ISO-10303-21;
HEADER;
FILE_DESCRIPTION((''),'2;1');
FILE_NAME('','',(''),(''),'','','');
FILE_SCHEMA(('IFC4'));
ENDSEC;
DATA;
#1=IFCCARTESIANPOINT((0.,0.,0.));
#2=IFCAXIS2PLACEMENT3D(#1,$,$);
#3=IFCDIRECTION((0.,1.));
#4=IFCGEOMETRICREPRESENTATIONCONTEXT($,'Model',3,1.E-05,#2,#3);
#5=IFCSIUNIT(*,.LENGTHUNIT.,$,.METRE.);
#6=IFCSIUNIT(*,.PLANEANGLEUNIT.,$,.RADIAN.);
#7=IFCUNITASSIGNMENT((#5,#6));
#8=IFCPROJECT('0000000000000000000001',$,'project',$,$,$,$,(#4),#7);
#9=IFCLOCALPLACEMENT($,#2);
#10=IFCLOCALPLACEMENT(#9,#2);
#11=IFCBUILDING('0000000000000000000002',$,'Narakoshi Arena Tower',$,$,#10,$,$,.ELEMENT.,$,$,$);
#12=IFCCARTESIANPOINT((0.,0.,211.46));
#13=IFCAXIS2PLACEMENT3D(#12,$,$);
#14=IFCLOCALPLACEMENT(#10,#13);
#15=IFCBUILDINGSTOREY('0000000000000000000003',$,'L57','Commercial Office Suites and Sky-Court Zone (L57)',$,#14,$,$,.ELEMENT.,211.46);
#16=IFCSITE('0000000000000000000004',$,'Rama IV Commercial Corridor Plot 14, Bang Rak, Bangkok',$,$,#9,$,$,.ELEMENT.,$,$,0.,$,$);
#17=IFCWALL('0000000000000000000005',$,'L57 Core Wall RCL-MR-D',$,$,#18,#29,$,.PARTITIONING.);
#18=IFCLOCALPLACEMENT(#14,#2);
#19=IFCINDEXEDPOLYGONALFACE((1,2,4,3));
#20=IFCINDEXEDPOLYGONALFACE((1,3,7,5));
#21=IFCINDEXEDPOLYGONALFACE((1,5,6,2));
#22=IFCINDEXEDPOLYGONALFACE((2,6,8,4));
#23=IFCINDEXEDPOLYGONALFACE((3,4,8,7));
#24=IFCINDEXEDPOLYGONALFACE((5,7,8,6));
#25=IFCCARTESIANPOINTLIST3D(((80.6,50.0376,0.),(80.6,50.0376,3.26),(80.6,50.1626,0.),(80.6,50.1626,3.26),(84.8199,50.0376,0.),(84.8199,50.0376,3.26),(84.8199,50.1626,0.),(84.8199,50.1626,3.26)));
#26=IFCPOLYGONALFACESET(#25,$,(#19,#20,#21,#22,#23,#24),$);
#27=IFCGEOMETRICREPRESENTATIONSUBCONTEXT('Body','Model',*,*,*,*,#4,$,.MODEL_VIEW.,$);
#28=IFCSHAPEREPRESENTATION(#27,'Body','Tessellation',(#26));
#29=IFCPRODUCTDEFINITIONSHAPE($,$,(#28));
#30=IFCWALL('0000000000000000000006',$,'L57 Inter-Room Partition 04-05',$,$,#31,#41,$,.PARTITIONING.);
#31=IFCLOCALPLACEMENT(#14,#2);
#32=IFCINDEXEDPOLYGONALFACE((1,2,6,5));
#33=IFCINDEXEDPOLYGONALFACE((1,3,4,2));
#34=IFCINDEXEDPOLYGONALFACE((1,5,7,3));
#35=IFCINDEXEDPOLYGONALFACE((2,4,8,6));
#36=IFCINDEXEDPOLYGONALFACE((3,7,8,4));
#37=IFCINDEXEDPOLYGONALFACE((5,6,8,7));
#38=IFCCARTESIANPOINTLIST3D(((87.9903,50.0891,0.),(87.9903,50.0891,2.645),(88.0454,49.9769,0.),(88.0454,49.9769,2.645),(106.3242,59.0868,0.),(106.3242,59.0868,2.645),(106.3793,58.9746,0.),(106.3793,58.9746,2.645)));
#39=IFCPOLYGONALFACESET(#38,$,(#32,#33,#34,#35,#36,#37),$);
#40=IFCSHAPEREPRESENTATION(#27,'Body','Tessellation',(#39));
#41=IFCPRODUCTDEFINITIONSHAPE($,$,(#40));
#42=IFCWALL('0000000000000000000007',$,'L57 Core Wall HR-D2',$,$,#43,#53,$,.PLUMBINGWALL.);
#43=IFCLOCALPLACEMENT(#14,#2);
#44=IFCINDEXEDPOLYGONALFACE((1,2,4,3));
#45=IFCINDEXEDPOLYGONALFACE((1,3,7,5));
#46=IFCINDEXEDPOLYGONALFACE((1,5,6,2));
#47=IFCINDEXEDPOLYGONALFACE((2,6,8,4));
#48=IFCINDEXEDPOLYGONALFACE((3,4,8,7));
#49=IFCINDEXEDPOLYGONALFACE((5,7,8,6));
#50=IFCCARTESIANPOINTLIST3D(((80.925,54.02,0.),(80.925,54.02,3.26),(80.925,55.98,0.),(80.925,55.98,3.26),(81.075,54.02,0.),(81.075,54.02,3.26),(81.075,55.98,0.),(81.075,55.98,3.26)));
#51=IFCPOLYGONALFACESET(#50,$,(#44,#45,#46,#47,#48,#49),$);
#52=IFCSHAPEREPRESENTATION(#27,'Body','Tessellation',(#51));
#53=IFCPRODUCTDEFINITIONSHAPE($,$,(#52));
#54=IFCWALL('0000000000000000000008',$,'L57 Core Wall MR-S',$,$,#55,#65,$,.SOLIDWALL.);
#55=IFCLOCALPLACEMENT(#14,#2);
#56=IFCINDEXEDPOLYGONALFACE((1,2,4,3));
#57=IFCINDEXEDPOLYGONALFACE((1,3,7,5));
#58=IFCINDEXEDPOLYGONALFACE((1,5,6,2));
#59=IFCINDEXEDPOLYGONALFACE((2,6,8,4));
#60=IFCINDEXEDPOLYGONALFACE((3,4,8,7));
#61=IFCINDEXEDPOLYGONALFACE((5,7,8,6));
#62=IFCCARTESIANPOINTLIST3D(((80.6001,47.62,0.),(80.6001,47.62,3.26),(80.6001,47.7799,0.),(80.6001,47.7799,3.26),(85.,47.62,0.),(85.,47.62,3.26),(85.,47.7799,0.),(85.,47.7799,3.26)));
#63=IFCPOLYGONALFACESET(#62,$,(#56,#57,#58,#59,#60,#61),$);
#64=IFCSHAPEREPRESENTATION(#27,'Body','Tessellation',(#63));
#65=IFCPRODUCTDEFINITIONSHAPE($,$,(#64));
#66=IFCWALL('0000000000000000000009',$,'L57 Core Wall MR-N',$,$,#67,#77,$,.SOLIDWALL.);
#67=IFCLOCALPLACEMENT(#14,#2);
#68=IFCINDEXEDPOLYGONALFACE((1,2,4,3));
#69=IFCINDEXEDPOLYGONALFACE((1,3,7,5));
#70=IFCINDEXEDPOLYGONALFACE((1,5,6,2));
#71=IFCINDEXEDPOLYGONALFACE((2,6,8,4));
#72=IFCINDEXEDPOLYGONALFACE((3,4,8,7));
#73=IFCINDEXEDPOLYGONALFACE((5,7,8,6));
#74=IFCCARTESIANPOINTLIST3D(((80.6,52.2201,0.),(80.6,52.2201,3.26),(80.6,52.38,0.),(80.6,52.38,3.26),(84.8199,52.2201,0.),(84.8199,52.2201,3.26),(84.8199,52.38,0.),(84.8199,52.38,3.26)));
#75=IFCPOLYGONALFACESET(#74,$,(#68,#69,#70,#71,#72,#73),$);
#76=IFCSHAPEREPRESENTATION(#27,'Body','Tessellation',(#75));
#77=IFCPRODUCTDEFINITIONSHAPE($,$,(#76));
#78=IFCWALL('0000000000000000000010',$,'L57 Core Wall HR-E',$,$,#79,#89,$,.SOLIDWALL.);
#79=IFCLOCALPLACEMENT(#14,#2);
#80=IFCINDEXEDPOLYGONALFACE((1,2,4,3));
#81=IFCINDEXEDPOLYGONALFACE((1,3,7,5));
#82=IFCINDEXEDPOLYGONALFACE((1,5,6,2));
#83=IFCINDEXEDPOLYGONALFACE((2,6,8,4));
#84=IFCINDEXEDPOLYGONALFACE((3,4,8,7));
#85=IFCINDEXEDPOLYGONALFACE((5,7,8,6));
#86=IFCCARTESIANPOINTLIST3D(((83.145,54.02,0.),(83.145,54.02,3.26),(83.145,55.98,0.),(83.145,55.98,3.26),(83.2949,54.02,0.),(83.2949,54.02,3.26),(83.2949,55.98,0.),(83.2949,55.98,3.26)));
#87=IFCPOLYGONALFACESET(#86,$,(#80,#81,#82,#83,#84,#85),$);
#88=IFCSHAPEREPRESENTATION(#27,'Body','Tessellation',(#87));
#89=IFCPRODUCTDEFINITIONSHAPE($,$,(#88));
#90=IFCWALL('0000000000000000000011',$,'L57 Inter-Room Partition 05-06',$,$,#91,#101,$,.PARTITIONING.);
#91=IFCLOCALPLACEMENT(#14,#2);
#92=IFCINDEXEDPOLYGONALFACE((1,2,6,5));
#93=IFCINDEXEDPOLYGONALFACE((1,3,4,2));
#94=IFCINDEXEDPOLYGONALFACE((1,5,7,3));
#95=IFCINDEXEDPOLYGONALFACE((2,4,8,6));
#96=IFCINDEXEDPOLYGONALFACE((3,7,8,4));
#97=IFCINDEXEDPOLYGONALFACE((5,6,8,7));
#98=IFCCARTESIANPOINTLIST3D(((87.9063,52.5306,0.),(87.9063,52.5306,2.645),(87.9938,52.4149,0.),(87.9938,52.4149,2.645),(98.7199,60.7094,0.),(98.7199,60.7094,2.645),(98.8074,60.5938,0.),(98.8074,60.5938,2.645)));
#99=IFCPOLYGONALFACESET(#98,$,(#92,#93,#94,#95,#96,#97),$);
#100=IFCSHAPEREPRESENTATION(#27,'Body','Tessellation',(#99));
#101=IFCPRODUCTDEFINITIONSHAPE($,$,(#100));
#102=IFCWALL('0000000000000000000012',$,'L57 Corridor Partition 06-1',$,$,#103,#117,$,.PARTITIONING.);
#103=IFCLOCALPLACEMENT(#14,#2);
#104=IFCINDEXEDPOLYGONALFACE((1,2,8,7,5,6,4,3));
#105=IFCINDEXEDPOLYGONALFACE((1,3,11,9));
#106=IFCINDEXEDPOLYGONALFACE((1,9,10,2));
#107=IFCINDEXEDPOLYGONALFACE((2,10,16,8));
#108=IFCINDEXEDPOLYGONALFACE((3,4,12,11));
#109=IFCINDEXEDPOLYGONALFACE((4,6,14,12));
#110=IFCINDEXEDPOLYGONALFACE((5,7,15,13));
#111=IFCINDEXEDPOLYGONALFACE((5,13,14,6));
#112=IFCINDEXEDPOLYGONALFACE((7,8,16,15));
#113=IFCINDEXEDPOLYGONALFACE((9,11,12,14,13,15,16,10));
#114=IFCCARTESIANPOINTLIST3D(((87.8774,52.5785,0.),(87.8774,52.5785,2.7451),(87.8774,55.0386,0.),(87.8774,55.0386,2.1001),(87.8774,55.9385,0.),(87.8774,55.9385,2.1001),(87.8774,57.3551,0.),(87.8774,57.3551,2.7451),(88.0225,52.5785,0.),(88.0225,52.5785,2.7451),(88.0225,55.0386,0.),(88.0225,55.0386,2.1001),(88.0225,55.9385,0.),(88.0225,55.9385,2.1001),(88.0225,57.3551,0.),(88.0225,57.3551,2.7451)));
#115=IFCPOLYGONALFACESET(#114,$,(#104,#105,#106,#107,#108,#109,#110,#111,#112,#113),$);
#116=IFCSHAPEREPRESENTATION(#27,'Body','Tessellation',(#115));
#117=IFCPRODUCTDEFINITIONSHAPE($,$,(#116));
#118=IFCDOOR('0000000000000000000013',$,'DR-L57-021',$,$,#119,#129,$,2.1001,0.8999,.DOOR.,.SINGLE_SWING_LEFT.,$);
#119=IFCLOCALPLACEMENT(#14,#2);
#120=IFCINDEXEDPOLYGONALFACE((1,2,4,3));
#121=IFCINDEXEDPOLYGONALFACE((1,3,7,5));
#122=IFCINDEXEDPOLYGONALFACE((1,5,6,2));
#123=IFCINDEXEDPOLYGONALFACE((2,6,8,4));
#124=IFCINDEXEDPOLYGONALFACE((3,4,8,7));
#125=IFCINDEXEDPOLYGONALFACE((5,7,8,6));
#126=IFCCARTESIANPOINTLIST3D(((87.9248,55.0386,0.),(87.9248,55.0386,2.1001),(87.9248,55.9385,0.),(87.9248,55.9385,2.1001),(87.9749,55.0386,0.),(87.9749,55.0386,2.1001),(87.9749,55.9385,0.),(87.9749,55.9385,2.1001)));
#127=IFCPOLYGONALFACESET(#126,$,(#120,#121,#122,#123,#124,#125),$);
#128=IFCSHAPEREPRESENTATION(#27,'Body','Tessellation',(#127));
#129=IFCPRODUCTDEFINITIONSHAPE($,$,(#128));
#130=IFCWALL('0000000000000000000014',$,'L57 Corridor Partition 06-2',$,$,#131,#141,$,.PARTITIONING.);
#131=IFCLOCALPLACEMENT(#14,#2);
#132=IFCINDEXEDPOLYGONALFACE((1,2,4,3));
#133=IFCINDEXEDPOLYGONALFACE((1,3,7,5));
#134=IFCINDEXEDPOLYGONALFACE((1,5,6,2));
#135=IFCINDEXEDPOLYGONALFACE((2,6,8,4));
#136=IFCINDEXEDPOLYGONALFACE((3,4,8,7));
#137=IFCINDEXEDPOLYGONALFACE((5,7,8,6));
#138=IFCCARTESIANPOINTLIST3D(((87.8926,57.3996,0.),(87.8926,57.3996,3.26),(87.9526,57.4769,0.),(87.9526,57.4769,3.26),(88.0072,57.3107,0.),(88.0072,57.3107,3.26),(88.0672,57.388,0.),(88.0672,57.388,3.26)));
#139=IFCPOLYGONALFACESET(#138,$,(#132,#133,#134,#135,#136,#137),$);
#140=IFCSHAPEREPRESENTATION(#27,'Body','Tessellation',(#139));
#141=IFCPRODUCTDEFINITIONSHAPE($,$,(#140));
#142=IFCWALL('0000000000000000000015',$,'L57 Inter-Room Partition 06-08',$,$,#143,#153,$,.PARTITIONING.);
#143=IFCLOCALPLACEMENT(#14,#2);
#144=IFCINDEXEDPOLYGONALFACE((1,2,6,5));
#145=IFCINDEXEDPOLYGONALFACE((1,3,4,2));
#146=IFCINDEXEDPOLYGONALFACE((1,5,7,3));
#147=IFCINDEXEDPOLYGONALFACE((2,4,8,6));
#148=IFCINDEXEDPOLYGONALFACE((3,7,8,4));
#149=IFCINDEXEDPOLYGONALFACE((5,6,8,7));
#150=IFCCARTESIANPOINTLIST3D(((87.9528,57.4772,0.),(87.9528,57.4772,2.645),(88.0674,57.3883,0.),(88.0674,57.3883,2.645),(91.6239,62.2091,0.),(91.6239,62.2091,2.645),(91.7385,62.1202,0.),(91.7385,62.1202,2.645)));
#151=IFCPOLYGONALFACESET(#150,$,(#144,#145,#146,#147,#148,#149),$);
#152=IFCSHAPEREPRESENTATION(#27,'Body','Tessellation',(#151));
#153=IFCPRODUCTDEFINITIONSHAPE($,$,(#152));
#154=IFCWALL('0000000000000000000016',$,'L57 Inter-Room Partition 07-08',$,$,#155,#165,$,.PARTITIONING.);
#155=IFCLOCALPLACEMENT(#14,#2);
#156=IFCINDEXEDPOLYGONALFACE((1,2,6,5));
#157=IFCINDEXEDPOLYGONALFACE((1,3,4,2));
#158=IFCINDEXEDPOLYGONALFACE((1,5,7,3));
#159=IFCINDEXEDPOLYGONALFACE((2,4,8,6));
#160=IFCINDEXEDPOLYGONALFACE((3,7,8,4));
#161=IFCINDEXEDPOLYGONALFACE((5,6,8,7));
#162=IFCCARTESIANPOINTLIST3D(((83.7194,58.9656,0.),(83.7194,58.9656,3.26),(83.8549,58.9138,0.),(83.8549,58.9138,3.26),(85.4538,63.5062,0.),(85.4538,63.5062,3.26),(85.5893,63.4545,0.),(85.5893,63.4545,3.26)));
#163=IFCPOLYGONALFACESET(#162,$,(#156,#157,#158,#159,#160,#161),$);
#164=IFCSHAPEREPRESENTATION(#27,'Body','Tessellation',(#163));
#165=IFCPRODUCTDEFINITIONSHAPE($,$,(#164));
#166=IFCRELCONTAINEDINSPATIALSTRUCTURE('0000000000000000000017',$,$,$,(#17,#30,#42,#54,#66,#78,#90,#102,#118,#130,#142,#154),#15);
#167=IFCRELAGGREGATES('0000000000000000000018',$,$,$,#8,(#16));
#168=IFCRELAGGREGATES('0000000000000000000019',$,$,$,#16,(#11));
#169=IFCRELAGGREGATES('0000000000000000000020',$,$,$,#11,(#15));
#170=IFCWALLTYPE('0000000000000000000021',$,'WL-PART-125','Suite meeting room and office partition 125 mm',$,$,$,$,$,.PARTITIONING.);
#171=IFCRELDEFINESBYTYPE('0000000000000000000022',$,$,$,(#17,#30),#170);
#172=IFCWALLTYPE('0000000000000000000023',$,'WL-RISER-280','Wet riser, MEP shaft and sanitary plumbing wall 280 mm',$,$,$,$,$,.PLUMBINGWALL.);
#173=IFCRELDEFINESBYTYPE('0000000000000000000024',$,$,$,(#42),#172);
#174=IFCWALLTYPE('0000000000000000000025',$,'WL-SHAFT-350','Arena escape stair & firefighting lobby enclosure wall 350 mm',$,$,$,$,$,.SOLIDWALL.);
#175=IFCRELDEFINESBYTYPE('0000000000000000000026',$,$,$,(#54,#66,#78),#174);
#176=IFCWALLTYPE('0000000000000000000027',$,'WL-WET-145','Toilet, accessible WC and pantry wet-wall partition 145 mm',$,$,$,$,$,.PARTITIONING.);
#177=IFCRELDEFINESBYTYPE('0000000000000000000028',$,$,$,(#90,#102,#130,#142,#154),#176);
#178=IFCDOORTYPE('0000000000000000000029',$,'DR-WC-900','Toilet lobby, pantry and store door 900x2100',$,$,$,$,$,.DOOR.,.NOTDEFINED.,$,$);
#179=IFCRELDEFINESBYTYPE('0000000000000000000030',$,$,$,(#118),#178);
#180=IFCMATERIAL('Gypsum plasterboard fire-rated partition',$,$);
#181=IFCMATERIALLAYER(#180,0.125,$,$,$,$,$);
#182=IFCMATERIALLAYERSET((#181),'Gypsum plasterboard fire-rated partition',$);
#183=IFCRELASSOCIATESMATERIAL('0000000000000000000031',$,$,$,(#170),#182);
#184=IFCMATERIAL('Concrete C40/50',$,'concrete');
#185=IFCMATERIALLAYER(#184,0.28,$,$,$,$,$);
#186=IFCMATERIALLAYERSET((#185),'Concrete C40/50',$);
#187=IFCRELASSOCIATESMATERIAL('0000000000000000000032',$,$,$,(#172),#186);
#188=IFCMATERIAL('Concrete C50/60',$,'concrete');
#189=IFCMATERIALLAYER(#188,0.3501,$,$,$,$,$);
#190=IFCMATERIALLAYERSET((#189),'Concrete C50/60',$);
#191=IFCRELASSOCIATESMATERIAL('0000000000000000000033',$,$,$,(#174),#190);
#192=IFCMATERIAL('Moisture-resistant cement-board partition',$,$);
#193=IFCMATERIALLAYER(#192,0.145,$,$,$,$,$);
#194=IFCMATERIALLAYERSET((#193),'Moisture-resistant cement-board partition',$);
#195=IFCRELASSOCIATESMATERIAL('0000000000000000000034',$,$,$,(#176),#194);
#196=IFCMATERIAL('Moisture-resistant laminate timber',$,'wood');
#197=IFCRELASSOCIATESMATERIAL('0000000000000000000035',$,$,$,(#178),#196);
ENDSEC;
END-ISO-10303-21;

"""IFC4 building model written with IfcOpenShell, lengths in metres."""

from ifc_helpers import new_model, si_unit, direction, frame, frame_2d, origin, place, context, subcontext, project, spatial, rectangle, extrude, material, layer, layer_set, type_object, element, fill, save


model = new_model("IFC4")

# Units and contexts
model_context = context("Model", 3, precision=1e-05, world=origin(), true_north=direction((0.0, 1.0)))
body_context = subcontext(model_context, "Body", "Model", "MODEL_VIEW")
ifc_project = project(units=[si_unit("LENGTHUNIT", "METRE"), si_unit("PLANEANGLEUNIT", "RADIAN")], contexts=[model_context])

# Site, building, storey
site_placement = place(None, origin())
site = spatial("IfcSite", under=ifc_project, at=site_placement, Name="Rama IV Commercial Corridor Plot 14, Bang Rak, Bangkok", CompositionType="ELEMENT", RefElevation=0.0)
building_placement = place(site_placement, origin())
building = spatial("IfcBuilding", under=site, at=building_placement, Name="Narakoshi Arena Tower", CompositionType="ELEMENT")
storey_placement = place(building_placement, frame((0.0, 0.0, 211.46)))
storey = spatial("IfcBuildingStorey", under=building, at=storey_placement, Name="L57", Description="Commercial Office Suites and Sky-Court Zone (L57)", CompositionType="ELEMENT", Elevation=211.46)

# Shared definitions
ifc_material_1 = material(Name="Gypsum plasterboard fire-rated partition")

# Walls
ifc_layer_1 = layer(ifc_material_1, 0.125)
ifc_layer_set_1 = layer_set([ifc_layer_1], Name="Gypsum plasterboard fire-rated partition")
wall_type_1 = type_object("IfcWallType", Name="WL-PART-125", Description="Suite meeting room and office partition 125 mm", PredefinedType="PARTITIONING", material=ifc_layer_set_1)
wall_1_placement = place(storey_placement, frame((80.6001, 50.1001, 0.0), z_axis=(0.0, 0.0, 1.0), x_axis=(1.0, 0.0, 0.0)))
element("IfcWall", 1, at=wall_1_placement, inside=storey, type_object=wall_type_1, Name="L57 Core Wall RCL-MR-D", PredefinedType="PARTITIONING", context=body_context, shape_type="SweptSolid", body=[
    extrude(rectangle(XDim=4.22, YDim=0.125, at=frame_2d((2.1099, 0.0))), origin(), (0.0, 0.0, 1.0), 3.26),
])
wall_2_placement = place(storey_placement, frame((88.0178, 50.033, 0.0), z_axis=(0.0, 0.0, 1.0), x_axis=(0.897716, 0.440574, 0.0)))
element("IfcWall", 2, at=wall_2_placement, inside=storey, type_object=wall_type_1, Name="L57 Inter-Room Partition 04-05", PredefinedType="PARTITIONING", context=body_context, shape_type="SweptSolid", body=[
    extrude(rectangle(XDim=20.4229, YDim=0.125, at=frame_2d((10.2114, 0.0))), origin(), (0.0, 0.0, 1.0), 2.645),
])
ifc_material_2 = material(Name="Concrete C40/50", Category="concrete")
ifc_layer_2 = layer(ifc_material_2, 0.28)
ifc_layer_set_2 = layer_set([ifc_layer_2], Name="Concrete C40/50")
wall_type_2 = type_object("IfcWallType", Name="WL-RISER-280", Description="Wet riser, MEP shaft and sanitary plumbing wall 280 mm", PredefinedType="PLUMBINGWALL", material=ifc_layer_set_2)
wall_3_placement = place(storey_placement, frame((81.0, 54.02, 0.0), z_axis=(0.0, 0.0, 1.0), x_axis=(0.0, 1.0, 0.0)))
element("IfcWall", 3, at=wall_3_placement, inside=storey, type_object=wall_type_2, Name="L57 Core Wall HR-D2", PredefinedType="PLUMBINGWALL", context=body_context, shape_type="SweptSolid", body=[
    extrude(rectangle(XDim=1.96, YDim=0.1499, at=frame_2d((0.98, 0.0))), origin(), (0.0, 0.0, 1.0), 3.26),
])
ifc_material_3 = material(Name="Concrete C50/60", Category="concrete")
ifc_layer_3 = layer(ifc_material_3, 0.3501)
ifc_layer_set_3 = layer_set([ifc_layer_3], Name="Concrete C50/60")
wall_type_3 = type_object("IfcWallType", Name="WL-SHAFT-350", Description="Arena escape stair & firefighting lobby enclosure wall 350 mm", PredefinedType="SOLIDWALL", material=ifc_layer_set_3)
wall_4_placement = place(storey_placement, frame((80.6001, 47.7, 0.0), z_axis=(0.0, 0.0, 1.0), x_axis=(1.0, 0.0, 0.0)))
element("IfcWall", 4, at=wall_4_placement, inside=storey, type_object=wall_type_3, Name="L57 Core Wall MR-S", PredefinedType="SOLIDWALL", context=body_context, shape_type="SweptSolid", body=[
    extrude(rectangle(XDim=4.3999, YDim=0.1599, at=frame_2d((2.2, 0.0))), origin(), (0.0, 0.0, 1.0), 3.26),
])
wall_5_placement = place(storey_placement, frame((80.6001, 52.3, 0.0), z_axis=(0.0, 0.0, 1.0), x_axis=(1.0, 0.0, 0.0)))
element("IfcWall", 5, at=wall_5_placement, inside=storey, type_object=wall_type_3, Name="L57 Core Wall MR-N", PredefinedType="SOLIDWALL", context=body_context, shape_type="SweptSolid", body=[
    extrude(rectangle(XDim=4.22, YDim=0.1599, at=frame_2d((2.1099, 0.0))), origin(), (0.0, 0.0, 1.0), 3.26),
])
wall_6_placement = place(storey_placement, frame((83.22, 54.02, 0.0), z_axis=(0.0, 0.0, 1.0), x_axis=(0.0, 1.0, 0.0)))
element("IfcWall", 6, at=wall_6_placement, inside=storey, type_object=wall_type_3, Name="L57 Core Wall HR-E", PredefinedType="SOLIDWALL", context=body_context, shape_type="SweptSolid", body=[
    extrude(rectangle(XDim=1.96, YDim=0.1499, at=frame_2d((0.98, 0.0))), origin(), (0.0, 0.0, 1.0), 3.26),
])
ifc_material_4 = material(Name="Moisture-resistant cement-board partition")
ifc_layer_4 = layer(ifc_material_4, 0.145)
ifc_layer_set_4 = layer_set([ifc_layer_4], Name="Moisture-resistant cement-board partition")
wall_type_4 = type_object("IfcWallType", Name="WL-WET-145", Description="Toilet, accessible WC and pantry wet-wall partition 145 mm", PredefinedType="PARTITIONING", material=ifc_layer_set_4)
wall_7_placement = place(storey_placement, frame((87.95, 52.4727, 0.0), z_axis=(0.0, 0.0, 1.0), x_axis=(0.797563, 0.603236, 0.0)))
element("IfcWall", 7, at=wall_7_placement, inside=storey, type_object=wall_type_4, Name="L57 Inter-Room Partition 05-06", PredefinedType="PARTITIONING", context=body_context, shape_type="SweptSolid", body=[
    extrude(rectangle(XDim=13.5583, YDim=0.145, at=frame_2d((6.7793, 0.0))), origin(), (0.0, 0.0, 1.0), 2.645),
])

# Wall, opening, door
wall_8_placement = place(storey_placement, frame((87.95, 52.5786, 0.0), z_axis=(0.0, 0.0, 1.0), x_axis=(0.0, 1.0, 0.0)))
wall_8 = element("IfcWall", 8, at=wall_8_placement, inside=storey, type_object=wall_type_4, Name="L57 Corridor Partition 06-1", PredefinedType="PARTITIONING", context=body_context, shape_type="SweptSolid", body=[
    extrude(rectangle(XDim=4.7766, YDim=0.145, at=frame_2d((2.3882, 0.0))), origin(), (0.0, 0.0, 1.0), 2.7451),
])
opening_1_placement = place(wall_8_placement, frame((2.46, 0.0, 0.0)))
opening_1 = element("IfcOpeningElement", 9, at=opening_1_placement, cuts=wall_8, PredefinedType="OPENING", context=body_context, shape_type="SweptSolid", body=[
    extrude(rectangle(XDim=0.8999, YDim=2.1001, at=frame_2d((0.45, 1.05))), frame((0.0, 0.0825, 0.0), z_axis=(0.0, -1.0, 0.0), x_axis=(1.0, 0.0, 0.0)), (0.0, 0.0, 1.0), 0.165),
])
ifc_material_5 = material(Name="Moisture-resistant laminate timber", Category="wood")
door_type_1 = type_object("IfcDoorType", Name="DR-WC-900", Description="Toilet lobby, pantry and store door 900x2100", OperationType="NOTDEFINED", PredefinedType="DOOR", material=ifc_material_5)
door_1_placement = place(opening_1_placement, frame((0.8999, 0.0, 0.0), z_axis=(0.0, 0.0, 1.0), x_axis=(-1.0, 0.0, 0.0)))
door_1 = element("IfcDoor", 10, at=door_1_placement, inside=storey, type_object=door_type_1, Name="DR-L57-021", OperationType="SINGLE_SWING_LEFT", OverallHeight=2.1001, OverallWidth=0.8999, PredefinedType="DOOR", context=body_context, shape_type="SweptSolid", body=[
    extrude(rectangle(XDim=0.8999, YDim=2.1001, at=frame_2d((0.45, 1.05))), frame((0.0, 0.0249, 0.0), z_axis=(0.0, -1.0, 0.0), x_axis=(1.0, 0.0, 0.0)), (0.0, 0.0, 1.0), 0.05),
])
fill(opening_1, door_1)

# Walls
wall_9_placement = place(storey_placement, frame((87.95, 57.3552, 0.0), z_axis=(0.0, 0.0, 1.0), x_axis=(0.613078, 0.790023, 0.0)))
element("IfcWall", 11, at=wall_9_placement, inside=storey, type_object=wall_type_4, Name="L57 Corridor Partition 06-2", PredefinedType="PARTITIONING", context=body_context, shape_type="SweptSolid", body=[
    extrude(rectangle(XDim=0.0979, YDim=0.145, at=frame_2d((0.0488, 0.0))), origin(), (0.0, 0.0, 1.0), 3.26),
])
wall_10_placement = place(storey_placement, frame((88.01, 57.4326, 0.0), z_axis=(0.0, 0.0, 1.0), x_axis=(0.612978, 0.7901, 0.0)))
element("IfcWall", 12, at=wall_10_placement, inside=storey, type_object=wall_type_4, Name="L57 Inter-Room Partition 06-08", PredefinedType="PARTITIONING", context=body_context, shape_type="SweptSolid", body=[
    extrude(rectangle(XDim=5.989, YDim=0.145, at=frame_2d((2.9946, 0.0))), origin(), (0.0, 0.0, 1.0), 2.645),
])
wall_11_placement = place(storey_placement, frame((85.5215, 63.4802, 0.0), z_axis=(0.0, 0.0, 1.0), x_axis=(-0.356831, -0.934169, 0.0)))
element("IfcWall", 13, at=wall_11_placement, inside=storey, type_object=wall_type_4, Name="L57 Inter-Room Partition 07-08", PredefinedType="PARTITIONING", context=body_context, shape_type="SweptSolid", body=[
    extrude(rectangle(XDim=4.8606, YDim=0.145, at=frame_2d((2.4302, 0.0))), origin(), (0.0, 0.0, 1.0), 3.26),
])

save(model, "model.ifc")
